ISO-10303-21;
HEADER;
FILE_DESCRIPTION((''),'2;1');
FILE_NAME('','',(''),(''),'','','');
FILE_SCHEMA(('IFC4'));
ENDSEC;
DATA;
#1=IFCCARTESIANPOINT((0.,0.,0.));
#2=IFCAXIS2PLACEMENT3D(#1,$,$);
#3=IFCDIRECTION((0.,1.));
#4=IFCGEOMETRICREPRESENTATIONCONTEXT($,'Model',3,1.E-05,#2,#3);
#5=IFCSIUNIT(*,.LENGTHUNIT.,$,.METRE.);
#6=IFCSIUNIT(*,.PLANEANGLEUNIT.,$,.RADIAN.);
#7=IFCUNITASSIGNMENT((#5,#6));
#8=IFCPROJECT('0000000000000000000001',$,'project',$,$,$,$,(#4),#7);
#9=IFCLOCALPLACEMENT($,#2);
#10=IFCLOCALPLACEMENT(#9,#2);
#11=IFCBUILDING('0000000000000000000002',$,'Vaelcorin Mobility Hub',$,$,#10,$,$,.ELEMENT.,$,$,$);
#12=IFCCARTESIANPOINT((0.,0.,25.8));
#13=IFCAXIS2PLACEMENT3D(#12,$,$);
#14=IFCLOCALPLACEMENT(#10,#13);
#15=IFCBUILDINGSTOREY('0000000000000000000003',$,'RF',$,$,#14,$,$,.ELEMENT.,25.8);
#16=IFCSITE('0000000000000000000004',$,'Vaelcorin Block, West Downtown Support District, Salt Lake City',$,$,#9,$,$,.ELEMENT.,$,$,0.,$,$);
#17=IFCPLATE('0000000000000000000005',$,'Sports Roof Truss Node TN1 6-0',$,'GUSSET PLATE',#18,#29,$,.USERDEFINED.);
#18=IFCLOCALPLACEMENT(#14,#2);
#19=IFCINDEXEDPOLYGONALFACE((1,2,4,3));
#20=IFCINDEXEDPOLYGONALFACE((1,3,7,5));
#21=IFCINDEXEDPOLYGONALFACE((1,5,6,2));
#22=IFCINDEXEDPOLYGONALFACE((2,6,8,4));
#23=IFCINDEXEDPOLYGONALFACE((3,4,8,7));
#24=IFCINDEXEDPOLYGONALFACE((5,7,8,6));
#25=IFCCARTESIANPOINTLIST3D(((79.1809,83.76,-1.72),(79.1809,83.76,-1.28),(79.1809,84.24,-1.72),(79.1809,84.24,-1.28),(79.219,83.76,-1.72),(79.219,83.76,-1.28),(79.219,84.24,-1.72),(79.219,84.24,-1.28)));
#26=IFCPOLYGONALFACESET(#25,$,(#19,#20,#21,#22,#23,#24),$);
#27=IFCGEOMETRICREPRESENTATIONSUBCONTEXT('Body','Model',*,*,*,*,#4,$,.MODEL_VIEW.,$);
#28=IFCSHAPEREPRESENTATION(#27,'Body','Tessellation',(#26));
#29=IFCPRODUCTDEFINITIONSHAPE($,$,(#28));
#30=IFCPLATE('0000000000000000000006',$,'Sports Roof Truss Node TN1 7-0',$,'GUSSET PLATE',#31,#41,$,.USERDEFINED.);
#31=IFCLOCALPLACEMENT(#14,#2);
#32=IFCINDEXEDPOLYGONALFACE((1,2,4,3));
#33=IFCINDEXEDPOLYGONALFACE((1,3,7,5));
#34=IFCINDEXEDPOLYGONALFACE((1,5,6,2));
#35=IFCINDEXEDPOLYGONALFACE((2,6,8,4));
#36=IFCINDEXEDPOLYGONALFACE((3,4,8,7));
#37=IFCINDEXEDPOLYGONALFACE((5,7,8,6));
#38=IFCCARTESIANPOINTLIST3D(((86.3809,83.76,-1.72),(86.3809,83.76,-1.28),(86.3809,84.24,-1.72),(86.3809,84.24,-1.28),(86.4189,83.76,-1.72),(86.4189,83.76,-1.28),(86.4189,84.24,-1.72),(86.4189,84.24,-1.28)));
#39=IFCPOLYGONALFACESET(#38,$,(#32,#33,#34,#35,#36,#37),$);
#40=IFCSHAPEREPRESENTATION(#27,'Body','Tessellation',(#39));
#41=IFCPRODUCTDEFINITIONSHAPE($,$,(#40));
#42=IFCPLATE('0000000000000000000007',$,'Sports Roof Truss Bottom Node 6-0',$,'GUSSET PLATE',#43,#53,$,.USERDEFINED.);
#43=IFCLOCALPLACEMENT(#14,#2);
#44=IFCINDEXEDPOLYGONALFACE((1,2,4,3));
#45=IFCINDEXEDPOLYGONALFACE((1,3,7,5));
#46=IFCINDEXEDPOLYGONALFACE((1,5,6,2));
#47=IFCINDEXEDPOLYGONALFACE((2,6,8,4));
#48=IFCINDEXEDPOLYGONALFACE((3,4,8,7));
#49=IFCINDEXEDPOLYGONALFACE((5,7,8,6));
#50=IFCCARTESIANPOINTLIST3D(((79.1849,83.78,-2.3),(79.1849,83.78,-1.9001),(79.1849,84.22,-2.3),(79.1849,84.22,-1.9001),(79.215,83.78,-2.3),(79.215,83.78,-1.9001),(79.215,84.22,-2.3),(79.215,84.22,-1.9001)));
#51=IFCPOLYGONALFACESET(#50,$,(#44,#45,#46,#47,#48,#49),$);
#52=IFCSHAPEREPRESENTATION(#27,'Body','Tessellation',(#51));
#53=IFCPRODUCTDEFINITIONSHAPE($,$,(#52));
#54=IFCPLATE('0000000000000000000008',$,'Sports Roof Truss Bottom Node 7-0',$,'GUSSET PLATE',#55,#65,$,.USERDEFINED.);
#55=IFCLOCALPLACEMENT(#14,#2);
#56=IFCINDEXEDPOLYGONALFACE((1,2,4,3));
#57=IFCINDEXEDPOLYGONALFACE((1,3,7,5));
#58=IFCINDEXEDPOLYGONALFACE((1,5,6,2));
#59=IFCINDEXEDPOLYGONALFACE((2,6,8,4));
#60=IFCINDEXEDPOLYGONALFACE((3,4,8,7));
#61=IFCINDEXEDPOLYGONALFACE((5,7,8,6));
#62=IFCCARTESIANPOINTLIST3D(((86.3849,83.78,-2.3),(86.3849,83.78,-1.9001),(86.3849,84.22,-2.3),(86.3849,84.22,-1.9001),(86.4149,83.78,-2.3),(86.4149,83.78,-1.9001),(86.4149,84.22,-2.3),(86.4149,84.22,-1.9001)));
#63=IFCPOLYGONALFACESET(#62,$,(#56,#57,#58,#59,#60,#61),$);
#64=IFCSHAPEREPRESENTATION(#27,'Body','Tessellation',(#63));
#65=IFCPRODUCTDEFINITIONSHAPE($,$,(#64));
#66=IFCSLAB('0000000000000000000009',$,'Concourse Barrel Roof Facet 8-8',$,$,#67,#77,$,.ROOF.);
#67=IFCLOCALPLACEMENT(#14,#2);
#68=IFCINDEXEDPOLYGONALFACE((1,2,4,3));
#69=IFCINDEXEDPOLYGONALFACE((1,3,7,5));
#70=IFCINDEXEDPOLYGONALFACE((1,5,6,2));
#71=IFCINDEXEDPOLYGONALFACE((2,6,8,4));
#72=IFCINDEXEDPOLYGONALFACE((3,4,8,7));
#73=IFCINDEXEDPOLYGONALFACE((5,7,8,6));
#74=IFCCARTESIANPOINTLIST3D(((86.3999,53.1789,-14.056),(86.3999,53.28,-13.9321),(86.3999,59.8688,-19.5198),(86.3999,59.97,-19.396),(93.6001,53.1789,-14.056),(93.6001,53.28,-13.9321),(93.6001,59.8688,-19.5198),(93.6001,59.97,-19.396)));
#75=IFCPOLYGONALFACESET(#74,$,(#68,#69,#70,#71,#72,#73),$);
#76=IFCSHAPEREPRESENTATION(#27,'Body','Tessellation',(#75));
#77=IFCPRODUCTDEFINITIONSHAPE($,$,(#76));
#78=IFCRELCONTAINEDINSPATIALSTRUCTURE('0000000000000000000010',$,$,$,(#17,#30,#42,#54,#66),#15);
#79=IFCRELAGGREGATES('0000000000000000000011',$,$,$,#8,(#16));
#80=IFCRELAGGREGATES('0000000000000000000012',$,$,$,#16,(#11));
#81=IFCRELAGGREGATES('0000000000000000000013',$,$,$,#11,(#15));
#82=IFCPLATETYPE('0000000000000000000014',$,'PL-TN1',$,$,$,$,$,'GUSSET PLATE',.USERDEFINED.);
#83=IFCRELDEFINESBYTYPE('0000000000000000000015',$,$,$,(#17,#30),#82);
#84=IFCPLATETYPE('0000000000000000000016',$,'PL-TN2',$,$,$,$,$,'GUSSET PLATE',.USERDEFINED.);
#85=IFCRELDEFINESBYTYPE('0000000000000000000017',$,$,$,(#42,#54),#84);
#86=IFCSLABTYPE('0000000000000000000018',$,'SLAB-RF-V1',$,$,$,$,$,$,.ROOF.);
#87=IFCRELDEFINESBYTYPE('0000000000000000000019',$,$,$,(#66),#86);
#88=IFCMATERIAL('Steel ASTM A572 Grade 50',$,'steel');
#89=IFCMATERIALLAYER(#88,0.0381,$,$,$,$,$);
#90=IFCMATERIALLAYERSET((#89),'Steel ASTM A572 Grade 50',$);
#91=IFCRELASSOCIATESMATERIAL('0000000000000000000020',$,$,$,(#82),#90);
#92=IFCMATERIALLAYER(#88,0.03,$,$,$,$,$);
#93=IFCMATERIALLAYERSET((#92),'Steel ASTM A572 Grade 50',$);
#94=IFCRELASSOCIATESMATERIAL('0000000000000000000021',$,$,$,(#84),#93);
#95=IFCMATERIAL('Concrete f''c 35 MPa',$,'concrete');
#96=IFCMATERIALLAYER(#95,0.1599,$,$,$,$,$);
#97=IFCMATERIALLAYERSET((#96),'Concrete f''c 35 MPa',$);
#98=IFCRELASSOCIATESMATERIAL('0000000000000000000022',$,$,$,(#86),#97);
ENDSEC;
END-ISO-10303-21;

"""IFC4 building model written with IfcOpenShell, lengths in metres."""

from ifc_helpers import new_model, si_unit, direction, frame, origin, origin_2d, place, context, subcontext, project, spatial, polyline, rectangle, outline, extrude, material, layer, layer_set, type_object, element, save


model = new_model("IFC4")

# Units and contexts
model_context = context("Model", 3, precision=1e-05, world=origin(), true_north=direction((0.0, 1.0)))
body_context = subcontext(model_context, "Body", "Model", "MODEL_VIEW")
ifc_project = project(units=[si_unit("LENGTHUNIT", "METRE"), si_unit("PLANEANGLEUNIT", "RADIAN")], contexts=[model_context])

# Site, building, storey
site_placement = place(None, origin())
site = spatial("IfcSite", under=ifc_project, at=site_placement, Name="Vaelcorin Block, West Downtown Support District, Salt Lake City", CompositionType="ELEMENT", RefElevation=0.0)
building_placement = place(site_placement, origin())
building = spatial("IfcBuilding", under=site, at=building_placement, Name="Vaelcorin Mobility Hub", CompositionType="ELEMENT")
storey_placement = place(building_placement, frame((0.0, 0.0, 25.8)))
storey = spatial("IfcBuildingStorey", under=building, at=storey_placement, Name="RF", CompositionType="ELEMENT", Elevation=25.8)

# Plates
ifc_material_1 = material(Name="Steel ASTM A572 Grade 50", Category="steel")
ifc_layer_1 = layer(ifc_material_1, 0.0381)
ifc_layer_set_1 = layer_set([ifc_layer_1], Name="Steel ASTM A572 Grade 50")
plate_type_1 = type_object("IfcPlateType", Name="PL-TN1", ElementType="GUSSET PLATE", PredefinedType="USERDEFINED", material=ifc_layer_set_1)
for number, where, z_axis, x_axis, name in (
    (1, (79.2, 84.0, -1.72), (0.0, 0.0, 1.0), (1.0, 0.0, 0.0), "Sports Roof Truss Node TN1 6-0"),
    (2, (86.3999, 84.0, -1.72), (0.0, 0.0, 1.0), (1.0, 0.0, 0.0), "Sports Roof Truss Node TN1 7-0"),
):
    element("IfcPlate", number, at=place(storey_placement, frame(where, z_axis=z_axis, x_axis=x_axis)), inside=storey, type_object=plate_type_1, Name=name, ObjectType="GUSSET PLATE", PredefinedType="USERDEFINED", context=body_context, shape_type="SweptSolid", body=[
        extrude(rectangle(XDim=0.0381, YDim=0.48, at=origin_2d()), origin(), (0.0, 0.0, 1.0), 0.4399),
    ])
ifc_layer_2 = layer(ifc_material_1, 0.03)
ifc_layer_set_2 = layer_set([ifc_layer_2], Name="Steel ASTM A572 Grade 50")
plate_type_2 = type_object("IfcPlateType", Name="PL-TN2", ElementType="GUSSET PLATE", PredefinedType="USERDEFINED", material=ifc_layer_set_2)
for number, where, z_axis, x_axis, name in (
    (3, (79.2, 84.0, -2.3), (0.0, 0.0, 1.0), (1.0, 0.0, 0.0), "Sports Roof Truss Bottom Node 6-0"),
    (4, (86.3999, 84.0, -2.3), (0.0, 0.0, 1.0), (1.0, 0.0, 0.0), "Sports Roof Truss Bottom Node 7-0"),
):
    element("IfcPlate", number, at=place(storey_placement, frame(where, z_axis=z_axis, x_axis=x_axis)), inside=storey, type_object=plate_type_2, Name=name, ObjectType="GUSSET PLATE", PredefinedType="USERDEFINED", context=body_context, shape_type="SweptSolid", body=[
        extrude(rectangle(XDim=0.03, YDim=0.4399, at=origin_2d()), origin(), (0.0, 0.0, 1.0), 0.3999),
    ])

# Slab
ifc_material_2 = material(Name="Concrete f'c 35 MPa", Category="concrete")
ifc_layer_3 = layer(ifc_material_2, 0.1599)
ifc_layer_set_3 = layer_set([ifc_layer_3], Name="Concrete f'c 35 MPa")
slab_type = type_object("IfcSlabType", Name="SLAB-RF-V1", PredefinedType="ROOF", material=ifc_layer_set_3)
slab_placement = place(storey_placement, frame((86.3999, 53.28, -13.9321), z_axis=(0.0, 0.632563, 0.774509), x_axis=(1.0, 0.0, 0.0)))
element("IfcSlab", 5, at=slab_placement, inside=storey, type_object=slab_type, Name="Concourse Barrel Roof Facet 8-8", PredefinedType="ROOF", context=body_context, shape_type="SweptSolid", body=[
    extrude(outline(polyline([(0.0, 0.0), (7.2002, 0.0), (7.2002, 8.6377), (0.0, 8.6377), (0.0, 0.0)])), origin(), (0.0, 0.0, -1.0), 0.1599),
])

save(model, "model.ifc")
